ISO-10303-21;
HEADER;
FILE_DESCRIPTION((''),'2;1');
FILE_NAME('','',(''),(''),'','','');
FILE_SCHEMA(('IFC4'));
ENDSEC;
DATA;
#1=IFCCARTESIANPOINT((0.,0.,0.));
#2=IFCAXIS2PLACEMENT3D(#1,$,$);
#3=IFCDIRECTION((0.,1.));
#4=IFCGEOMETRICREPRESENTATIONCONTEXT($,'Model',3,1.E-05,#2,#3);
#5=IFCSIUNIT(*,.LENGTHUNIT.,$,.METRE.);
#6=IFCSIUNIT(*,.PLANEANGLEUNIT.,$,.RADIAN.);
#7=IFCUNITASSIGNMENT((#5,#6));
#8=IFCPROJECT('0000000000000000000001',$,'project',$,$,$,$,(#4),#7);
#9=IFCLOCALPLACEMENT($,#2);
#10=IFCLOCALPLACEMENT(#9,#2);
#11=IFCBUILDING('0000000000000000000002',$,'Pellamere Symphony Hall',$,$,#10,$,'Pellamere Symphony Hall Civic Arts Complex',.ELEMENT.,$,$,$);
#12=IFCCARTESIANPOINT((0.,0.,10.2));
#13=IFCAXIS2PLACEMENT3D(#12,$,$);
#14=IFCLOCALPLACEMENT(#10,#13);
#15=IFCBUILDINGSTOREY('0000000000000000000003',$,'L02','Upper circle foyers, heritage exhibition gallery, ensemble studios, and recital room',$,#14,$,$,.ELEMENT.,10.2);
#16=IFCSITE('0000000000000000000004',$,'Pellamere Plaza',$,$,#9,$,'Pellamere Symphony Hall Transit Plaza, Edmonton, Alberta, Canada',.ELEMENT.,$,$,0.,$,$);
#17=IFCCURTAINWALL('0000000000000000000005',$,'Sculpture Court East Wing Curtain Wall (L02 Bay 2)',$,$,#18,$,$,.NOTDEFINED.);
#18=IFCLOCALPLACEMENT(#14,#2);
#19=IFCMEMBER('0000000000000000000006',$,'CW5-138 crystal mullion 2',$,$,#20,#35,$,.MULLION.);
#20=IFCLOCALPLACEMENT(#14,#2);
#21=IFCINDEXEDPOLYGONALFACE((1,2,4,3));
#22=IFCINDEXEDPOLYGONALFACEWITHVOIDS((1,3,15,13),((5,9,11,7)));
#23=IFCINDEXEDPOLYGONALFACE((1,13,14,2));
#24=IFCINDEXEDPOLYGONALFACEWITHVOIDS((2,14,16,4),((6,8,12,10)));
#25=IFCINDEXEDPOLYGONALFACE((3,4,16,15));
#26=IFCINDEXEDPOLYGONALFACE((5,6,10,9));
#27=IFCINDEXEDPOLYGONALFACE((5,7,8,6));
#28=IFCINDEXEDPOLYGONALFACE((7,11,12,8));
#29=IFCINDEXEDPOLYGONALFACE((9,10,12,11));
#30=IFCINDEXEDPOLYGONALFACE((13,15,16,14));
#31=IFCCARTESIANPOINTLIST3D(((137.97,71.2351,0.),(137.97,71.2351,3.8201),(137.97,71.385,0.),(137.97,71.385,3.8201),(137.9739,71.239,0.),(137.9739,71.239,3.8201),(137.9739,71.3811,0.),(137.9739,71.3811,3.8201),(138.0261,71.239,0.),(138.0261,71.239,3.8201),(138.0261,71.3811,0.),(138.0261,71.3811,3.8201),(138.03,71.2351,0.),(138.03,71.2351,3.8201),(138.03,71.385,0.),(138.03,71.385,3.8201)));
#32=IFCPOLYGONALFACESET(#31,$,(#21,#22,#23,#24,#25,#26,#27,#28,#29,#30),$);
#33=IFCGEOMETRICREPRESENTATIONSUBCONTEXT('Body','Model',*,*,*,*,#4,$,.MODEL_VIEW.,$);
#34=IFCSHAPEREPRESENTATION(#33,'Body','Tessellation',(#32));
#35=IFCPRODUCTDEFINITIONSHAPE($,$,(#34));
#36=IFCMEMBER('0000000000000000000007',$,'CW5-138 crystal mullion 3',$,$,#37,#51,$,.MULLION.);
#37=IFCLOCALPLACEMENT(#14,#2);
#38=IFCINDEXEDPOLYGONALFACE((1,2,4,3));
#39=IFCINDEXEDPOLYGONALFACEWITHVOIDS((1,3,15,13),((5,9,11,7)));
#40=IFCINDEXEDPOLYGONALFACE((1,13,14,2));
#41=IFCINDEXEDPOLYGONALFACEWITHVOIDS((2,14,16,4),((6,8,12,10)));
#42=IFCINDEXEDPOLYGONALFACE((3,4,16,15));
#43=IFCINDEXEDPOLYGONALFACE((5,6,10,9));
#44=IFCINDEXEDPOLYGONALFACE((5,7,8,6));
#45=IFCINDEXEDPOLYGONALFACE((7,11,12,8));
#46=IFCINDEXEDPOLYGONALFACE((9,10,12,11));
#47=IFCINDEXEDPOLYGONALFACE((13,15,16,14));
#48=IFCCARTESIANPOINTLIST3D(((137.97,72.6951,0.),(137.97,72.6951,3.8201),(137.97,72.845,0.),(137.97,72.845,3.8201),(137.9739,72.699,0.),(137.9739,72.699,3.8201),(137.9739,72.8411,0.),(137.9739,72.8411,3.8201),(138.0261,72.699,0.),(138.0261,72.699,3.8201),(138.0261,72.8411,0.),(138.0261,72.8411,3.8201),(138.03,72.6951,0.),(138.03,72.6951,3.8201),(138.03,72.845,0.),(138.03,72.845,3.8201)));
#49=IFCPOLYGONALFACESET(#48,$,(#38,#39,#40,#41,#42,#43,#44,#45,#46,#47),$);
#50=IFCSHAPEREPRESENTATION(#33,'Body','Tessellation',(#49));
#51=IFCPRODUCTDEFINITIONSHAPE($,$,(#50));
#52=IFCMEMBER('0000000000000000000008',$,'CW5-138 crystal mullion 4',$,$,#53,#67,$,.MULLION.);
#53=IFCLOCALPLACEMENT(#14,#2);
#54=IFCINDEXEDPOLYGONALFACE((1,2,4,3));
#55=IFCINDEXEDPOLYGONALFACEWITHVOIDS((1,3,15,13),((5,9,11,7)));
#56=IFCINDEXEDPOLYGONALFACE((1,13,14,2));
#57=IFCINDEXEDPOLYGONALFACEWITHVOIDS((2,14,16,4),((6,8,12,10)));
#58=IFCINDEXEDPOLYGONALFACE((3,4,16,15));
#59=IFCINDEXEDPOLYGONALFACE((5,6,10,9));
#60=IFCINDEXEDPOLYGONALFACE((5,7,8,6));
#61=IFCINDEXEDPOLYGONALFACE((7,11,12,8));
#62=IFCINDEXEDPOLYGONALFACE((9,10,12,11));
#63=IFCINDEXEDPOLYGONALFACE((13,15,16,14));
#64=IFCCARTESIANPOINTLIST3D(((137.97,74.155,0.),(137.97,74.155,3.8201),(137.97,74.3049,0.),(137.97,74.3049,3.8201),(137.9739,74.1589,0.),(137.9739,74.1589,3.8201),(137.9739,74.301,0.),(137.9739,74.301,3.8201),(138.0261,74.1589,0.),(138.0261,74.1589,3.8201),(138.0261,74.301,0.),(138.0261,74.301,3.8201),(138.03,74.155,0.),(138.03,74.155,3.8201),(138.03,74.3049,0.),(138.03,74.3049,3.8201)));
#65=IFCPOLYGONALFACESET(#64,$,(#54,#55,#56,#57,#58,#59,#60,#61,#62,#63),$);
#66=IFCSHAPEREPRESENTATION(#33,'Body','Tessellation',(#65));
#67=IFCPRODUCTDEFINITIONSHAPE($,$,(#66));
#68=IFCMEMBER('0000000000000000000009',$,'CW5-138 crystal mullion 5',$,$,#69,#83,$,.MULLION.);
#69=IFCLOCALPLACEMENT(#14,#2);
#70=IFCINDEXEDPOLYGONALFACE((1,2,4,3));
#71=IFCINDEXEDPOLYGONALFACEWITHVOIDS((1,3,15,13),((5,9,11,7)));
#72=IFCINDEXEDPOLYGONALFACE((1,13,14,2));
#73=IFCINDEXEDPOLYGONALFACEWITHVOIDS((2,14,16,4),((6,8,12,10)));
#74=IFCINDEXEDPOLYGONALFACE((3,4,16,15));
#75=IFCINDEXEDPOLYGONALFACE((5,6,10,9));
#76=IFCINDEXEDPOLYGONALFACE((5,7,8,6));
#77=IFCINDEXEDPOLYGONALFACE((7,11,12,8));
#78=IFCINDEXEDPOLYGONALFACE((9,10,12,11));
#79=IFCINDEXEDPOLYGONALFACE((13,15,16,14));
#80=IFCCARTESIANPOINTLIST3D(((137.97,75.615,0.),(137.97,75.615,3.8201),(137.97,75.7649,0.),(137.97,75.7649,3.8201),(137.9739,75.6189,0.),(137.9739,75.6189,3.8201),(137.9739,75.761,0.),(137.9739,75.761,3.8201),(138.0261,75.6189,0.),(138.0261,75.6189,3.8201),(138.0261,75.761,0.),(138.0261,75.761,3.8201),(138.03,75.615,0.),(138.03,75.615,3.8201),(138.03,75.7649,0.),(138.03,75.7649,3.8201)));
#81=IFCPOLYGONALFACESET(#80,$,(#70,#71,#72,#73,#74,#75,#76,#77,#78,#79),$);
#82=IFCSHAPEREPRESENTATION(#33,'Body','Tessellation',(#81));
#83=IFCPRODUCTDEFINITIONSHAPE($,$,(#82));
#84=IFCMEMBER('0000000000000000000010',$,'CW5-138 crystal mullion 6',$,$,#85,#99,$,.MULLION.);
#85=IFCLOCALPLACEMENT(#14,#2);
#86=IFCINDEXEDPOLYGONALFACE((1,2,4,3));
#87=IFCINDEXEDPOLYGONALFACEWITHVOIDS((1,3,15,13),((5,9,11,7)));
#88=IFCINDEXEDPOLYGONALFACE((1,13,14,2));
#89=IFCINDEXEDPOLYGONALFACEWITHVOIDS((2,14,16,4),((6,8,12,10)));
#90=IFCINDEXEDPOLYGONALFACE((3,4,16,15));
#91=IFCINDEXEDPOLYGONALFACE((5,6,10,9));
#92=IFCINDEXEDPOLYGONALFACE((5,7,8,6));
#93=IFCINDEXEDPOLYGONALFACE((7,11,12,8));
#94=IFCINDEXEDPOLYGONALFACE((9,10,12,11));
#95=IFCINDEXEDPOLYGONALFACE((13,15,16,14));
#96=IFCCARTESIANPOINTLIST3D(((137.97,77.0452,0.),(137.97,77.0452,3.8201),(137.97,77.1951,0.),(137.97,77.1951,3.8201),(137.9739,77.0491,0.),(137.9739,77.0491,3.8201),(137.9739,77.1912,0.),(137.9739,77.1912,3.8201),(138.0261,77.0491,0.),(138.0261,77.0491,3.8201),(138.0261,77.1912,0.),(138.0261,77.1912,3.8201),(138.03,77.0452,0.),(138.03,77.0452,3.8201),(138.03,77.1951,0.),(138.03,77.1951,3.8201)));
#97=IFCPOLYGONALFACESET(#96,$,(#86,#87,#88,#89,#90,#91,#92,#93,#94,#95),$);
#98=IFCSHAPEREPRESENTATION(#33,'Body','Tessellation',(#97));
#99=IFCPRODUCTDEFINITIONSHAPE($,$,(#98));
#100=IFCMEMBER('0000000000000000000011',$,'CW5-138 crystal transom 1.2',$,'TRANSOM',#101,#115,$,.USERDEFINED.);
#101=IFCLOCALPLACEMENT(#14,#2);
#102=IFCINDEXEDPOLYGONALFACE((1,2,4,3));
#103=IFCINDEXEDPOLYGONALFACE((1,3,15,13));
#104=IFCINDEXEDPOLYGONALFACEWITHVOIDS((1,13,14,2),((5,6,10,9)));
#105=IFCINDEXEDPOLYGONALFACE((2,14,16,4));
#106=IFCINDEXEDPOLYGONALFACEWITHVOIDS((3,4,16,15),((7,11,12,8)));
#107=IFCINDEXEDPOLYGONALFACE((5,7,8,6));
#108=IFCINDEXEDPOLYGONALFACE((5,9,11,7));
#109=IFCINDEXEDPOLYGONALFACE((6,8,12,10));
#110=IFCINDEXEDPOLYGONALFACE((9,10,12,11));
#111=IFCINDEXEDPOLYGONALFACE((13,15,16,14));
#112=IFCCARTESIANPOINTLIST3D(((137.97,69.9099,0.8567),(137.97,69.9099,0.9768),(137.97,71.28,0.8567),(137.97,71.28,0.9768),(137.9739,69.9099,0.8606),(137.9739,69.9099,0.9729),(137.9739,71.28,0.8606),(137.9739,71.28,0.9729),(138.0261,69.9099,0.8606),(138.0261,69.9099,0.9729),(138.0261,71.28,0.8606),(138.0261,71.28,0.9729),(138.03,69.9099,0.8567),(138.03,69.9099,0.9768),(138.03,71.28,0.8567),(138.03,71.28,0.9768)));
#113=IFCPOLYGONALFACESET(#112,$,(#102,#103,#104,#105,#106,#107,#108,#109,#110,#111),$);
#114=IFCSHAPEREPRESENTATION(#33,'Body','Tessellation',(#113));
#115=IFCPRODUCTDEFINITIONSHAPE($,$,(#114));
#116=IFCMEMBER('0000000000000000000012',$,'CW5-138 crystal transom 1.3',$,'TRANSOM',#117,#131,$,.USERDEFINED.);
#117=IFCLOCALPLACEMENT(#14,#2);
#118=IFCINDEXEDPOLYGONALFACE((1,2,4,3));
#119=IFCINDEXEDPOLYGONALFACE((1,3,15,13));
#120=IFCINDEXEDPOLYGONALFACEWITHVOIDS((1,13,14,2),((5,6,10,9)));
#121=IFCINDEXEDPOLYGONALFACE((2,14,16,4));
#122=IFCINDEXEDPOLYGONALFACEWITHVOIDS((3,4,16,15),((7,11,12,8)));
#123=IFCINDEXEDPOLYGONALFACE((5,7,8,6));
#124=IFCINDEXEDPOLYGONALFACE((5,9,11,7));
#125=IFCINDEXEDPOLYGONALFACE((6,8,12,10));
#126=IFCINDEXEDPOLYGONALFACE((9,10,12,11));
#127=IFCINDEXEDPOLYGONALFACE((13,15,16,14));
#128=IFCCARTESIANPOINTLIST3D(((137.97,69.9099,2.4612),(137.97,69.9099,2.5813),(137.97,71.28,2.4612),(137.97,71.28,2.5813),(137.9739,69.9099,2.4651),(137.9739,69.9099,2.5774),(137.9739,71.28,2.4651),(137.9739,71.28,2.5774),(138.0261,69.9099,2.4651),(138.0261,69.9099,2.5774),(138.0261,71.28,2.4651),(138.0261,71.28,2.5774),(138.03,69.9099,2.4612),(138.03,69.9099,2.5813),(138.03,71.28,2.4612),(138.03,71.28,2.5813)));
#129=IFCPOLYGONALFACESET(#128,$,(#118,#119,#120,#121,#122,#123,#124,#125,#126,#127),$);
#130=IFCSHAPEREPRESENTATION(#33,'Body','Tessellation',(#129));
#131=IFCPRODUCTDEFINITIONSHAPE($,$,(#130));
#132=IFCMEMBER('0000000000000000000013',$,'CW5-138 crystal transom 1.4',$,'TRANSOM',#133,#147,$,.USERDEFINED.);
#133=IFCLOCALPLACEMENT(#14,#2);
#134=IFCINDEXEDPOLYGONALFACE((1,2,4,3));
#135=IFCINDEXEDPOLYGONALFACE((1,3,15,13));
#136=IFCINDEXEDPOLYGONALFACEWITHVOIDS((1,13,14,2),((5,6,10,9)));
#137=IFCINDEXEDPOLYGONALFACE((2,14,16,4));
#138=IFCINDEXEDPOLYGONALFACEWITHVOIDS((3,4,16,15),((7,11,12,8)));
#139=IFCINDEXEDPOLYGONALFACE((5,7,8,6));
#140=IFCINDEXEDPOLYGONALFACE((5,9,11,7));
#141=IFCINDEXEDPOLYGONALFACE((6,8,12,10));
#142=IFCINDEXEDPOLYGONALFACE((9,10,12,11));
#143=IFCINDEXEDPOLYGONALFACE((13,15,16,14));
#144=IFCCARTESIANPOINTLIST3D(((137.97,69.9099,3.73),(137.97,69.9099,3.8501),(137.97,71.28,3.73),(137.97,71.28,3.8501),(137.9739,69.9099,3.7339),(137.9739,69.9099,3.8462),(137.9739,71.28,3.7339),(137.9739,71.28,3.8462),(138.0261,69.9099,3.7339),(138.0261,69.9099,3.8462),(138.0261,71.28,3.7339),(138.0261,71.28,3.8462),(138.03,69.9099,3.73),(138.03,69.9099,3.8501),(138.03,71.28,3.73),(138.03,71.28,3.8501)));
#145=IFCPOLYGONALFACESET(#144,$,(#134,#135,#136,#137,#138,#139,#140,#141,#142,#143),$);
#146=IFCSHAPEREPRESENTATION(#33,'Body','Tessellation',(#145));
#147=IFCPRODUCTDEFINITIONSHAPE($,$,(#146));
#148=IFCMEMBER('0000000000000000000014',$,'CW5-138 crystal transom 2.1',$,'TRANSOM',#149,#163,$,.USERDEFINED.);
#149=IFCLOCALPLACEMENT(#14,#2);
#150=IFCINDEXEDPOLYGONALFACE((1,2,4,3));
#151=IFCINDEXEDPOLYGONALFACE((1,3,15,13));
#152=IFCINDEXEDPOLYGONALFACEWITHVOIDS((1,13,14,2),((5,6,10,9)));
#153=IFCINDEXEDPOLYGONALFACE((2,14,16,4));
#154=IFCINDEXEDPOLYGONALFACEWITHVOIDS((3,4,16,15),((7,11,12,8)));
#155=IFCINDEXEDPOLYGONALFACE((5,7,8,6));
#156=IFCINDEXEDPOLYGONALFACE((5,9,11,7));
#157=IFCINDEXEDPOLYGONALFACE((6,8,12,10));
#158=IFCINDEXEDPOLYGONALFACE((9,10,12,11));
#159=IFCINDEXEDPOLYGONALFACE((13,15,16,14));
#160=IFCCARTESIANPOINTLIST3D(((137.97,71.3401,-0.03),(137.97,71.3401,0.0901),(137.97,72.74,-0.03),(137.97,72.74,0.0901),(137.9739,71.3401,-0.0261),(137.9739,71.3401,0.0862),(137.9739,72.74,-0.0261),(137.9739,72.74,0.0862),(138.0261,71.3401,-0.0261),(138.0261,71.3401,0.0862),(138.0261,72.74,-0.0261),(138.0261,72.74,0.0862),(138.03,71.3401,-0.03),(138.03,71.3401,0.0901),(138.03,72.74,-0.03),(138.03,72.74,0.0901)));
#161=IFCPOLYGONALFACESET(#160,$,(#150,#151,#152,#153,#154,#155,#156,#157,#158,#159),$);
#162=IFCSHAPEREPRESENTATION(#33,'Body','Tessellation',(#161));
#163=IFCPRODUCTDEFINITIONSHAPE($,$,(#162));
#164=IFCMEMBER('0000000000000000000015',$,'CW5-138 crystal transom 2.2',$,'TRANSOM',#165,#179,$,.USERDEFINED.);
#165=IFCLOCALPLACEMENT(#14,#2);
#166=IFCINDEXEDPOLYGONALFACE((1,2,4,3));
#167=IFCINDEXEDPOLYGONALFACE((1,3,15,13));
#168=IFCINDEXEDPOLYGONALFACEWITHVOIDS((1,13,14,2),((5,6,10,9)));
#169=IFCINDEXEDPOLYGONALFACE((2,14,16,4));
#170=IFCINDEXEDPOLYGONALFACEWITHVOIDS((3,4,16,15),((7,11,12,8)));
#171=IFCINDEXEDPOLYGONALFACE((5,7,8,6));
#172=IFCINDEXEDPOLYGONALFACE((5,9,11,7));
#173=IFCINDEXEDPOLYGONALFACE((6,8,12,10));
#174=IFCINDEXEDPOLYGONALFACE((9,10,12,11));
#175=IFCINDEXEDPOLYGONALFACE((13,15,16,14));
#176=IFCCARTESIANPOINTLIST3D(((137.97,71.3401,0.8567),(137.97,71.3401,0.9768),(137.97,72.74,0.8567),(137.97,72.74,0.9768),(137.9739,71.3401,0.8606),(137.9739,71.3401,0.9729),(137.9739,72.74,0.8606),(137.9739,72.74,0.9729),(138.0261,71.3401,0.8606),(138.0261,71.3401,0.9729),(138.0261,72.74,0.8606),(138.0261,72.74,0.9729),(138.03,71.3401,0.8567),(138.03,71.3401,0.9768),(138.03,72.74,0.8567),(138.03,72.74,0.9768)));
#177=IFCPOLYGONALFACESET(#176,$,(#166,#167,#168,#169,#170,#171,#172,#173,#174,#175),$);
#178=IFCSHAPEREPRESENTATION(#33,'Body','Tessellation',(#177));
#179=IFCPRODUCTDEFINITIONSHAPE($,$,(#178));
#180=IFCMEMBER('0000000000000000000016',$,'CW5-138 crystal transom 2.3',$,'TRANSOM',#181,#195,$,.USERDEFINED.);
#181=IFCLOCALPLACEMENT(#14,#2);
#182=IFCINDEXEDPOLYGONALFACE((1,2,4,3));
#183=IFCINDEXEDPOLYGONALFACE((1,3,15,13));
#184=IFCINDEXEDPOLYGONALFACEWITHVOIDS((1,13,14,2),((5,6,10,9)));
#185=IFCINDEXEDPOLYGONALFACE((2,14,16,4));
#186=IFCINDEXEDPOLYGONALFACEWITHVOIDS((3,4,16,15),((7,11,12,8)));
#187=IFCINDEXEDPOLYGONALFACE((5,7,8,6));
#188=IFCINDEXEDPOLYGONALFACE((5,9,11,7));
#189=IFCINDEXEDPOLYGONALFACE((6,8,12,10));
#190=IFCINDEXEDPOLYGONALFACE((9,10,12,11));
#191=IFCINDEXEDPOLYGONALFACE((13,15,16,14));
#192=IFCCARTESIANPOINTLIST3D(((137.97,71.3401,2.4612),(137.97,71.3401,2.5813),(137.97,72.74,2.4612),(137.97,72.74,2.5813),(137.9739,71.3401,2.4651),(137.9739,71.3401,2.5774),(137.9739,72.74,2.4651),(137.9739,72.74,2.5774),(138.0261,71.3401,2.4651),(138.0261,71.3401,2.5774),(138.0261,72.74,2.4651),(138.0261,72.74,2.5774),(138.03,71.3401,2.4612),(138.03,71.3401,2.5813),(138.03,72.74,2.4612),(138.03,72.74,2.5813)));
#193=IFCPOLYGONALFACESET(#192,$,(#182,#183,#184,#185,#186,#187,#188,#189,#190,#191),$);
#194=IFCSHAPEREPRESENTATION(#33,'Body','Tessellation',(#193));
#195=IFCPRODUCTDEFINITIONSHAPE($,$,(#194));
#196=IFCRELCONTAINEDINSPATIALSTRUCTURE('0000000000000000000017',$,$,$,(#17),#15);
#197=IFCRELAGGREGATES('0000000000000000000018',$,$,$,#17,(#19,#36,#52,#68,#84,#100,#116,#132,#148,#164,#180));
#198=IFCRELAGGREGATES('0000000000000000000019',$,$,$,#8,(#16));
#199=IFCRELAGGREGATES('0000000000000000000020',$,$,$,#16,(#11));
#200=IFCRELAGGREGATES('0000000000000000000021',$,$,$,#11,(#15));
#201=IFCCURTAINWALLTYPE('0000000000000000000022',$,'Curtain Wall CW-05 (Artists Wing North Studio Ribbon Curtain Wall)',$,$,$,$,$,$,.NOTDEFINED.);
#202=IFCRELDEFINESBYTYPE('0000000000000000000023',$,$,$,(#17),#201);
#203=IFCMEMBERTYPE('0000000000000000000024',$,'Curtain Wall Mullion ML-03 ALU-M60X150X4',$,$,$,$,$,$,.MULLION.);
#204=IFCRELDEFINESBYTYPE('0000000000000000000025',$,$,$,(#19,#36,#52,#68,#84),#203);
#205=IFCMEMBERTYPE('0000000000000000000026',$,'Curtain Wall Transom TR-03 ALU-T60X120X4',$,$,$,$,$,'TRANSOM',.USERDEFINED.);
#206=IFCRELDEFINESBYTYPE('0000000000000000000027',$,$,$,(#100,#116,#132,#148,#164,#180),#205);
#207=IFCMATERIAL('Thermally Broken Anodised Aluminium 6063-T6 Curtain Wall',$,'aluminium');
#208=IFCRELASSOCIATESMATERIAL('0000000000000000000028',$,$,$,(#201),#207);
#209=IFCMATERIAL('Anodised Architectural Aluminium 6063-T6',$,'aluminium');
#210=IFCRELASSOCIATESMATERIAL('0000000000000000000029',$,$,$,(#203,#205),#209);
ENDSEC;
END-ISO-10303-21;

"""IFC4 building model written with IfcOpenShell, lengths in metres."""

from ifc_helpers import new_model, si_unit, direction, frame, origin, origin_2d, place, context, subcontext, project, spatial, hollow_rectangle, extrude, material, material_profile, profile_set, type_object, element, aggregate, save


model = new_model("IFC4")

# Units and contexts
model_context = context("Model", 3, precision=1e-05, world=origin(), true_north=direction((0.0, 1.0)))
body_context = subcontext(model_context, "Body", "Model", "MODEL_VIEW")
ifc_project = project(units=[si_unit("LENGTHUNIT", "METRE"), si_unit("PLANEANGLEUNIT", "RADIAN")], contexts=[model_context])

# Site, building, storey
site_placement = place(None, origin())
site = spatial("IfcSite", under=ifc_project, at=site_placement, Name="Pellamere Plaza", LongName="Pellamere Symphony Hall Transit Plaza, Edmonton, Alberta, Canada", CompositionType="ELEMENT", RefElevation=0.0)
building_placement = place(site_placement, origin())
building = spatial("IfcBuilding", under=site, at=building_placement, Name="Pellamere Symphony Hall", LongName="Pellamere Symphony Hall Civic Arts Complex", CompositionType="ELEMENT")
storey_placement = place(building_placement, frame((0.0, 0.0, 10.2)))
storey = spatial("IfcBuildingStorey", under=building, at=storey_placement, Name="L02", Description="Upper circle foyers, heritage exhibition gallery, ensemble studios, and recital room", CompositionType="ELEMENT", Elevation=10.2)

# Curtain wall, members
ifc_material_1 = material(Name="Thermally Broken Anodised Aluminium 6063-T6 Curtain Wall", Category="aluminium")
curtain_wall_type = type_object("IfcCurtainWallType", Name="Curtain Wall CW-05 (Artists Wing North Studio Ribbon Curtain Wall)", PredefinedType="NOTDEFINED", material=ifc_material_1)
curtain_wall_placement = place(storey_placement, origin())
curtain_wall = element("IfcCurtainWall", 1, at=curtain_wall_placement, inside=storey, type_object=curtain_wall_type, Name="Sculpture Court East Wing Curtain Wall (L02 Bay 2)", PredefinedType="NOTDEFINED")
ifc_material_2 = material(Name="Anodised Architectural Aluminium 6063-T6", Category="aluminium")
ifc_material_profile_1 = material_profile(ifc_material_2, hollow_rectangle(XDim=0.0601, YDim=0.1499, WallThickness=0.0039, at=origin_2d()), Name="ALU-M60X150X4")
ifc_profile_set_1 = profile_set([ifc_material_profile_1], Name="Anodised Architectural Aluminium 6063-T6")
member_type_1 = type_object("IfcMemberType", Name="Curtain Wall Mullion ML-03 ALU-M60X150X4", PredefinedType="MULLION", material=ifc_profile_set_1)
member_1_placement = place(storey_placement, frame((138.0, 71.3101, 0.0), z_axis=(0.0, 0.0, 1.0), x_axis=(-1.0, 0.0, 0.0)))
member_1 = element("IfcMember", 2, at=member_1_placement, type_object=member_type_1, Name="CW5-138 crystal mullion 2", PredefinedType="MULLION", context=body_context, shape_type="SweptSolid", body=[
    extrude(hollow_rectangle(XDim=0.0601, YDim=0.1499, WallThickness=0.0039, at=origin_2d()), origin(), (0.0, 0.0, 1.0), 3.8201),
])
member_2_placement = place(storey_placement, frame((138.0, 72.77, 0.0), z_axis=(0.0, 0.0, 1.0), x_axis=(-1.0, 0.0, 0.0)))
member_2 = element("IfcMember", 3, at=member_2_placement, type_object=member_type_1, Name="CW5-138 crystal mullion 3", PredefinedType="MULLION", context=body_context, shape_type="SweptSolid", body=[
    extrude(hollow_rectangle(XDim=0.0601, YDim=0.1499, WallThickness=0.0039, at=origin_2d()), origin(), (0.0, 0.0, 1.0), 3.8201),
])
member_3_placement = place(storey_placement, frame((138.0, 74.23, 0.0), z_axis=(0.0, 0.0, 1.0), x_axis=(-1.0, 0.0, 0.0)))
member_3 = element("IfcMember", 4, at=member_3_placement, type_object=member_type_1, Name="CW5-138 crystal mullion 4", PredefinedType="MULLION", context=body_context, shape_type="SweptSolid", body=[
    extrude(hollow_rectangle(XDim=0.0601, YDim=0.1499, WallThickness=0.0039, at=origin_2d()), origin(), (0.0, 0.0, 1.0), 3.8201),
])
member_4_placement = place(storey_placement, frame((138.0, 75.6899, 0.0), z_axis=(0.0, 0.0, 1.0), x_axis=(-1.0, 0.0, 0.0)))
member_4 = element("IfcMember", 5, at=member_4_placement, type_object=member_type_1, Name="CW5-138 crystal mullion 5", PredefinedType="MULLION", context=body_context, shape_type="SweptSolid", body=[
    extrude(hollow_rectangle(XDim=0.0601, YDim=0.1499, WallThickness=0.0039, at=origin_2d()), origin(), (0.0, 0.0, 1.0), 3.8201),
])
member_5_placement = place(storey_placement, frame((138.0, 77.1201, 0.0), z_axis=(0.0, 0.0, 1.0), x_axis=(-1.0, 0.0, 0.0)))
member_5 = element("IfcMember", 6, at=member_5_placement, type_object=member_type_1, Name="CW5-138 crystal mullion 6", PredefinedType="MULLION", context=body_context, shape_type="SweptSolid", body=[
    extrude(hollow_rectangle(XDim=0.0601, YDim=0.1499, WallThickness=0.0039, at=origin_2d()), origin(), (0.0, 0.0, 1.0), 3.8201),
])
ifc_material_profile_2 = material_profile(ifc_material_2, hollow_rectangle(XDim=0.0601, YDim=0.1201, WallThickness=0.0039, at=origin_2d()), Name="ALU-T60X120X4")
ifc_profile_set_2 = profile_set([ifc_material_profile_2], Name="Anodised Architectural Aluminium 6063-T6")
member_type_2 = type_object("IfcMemberType", Name="Curtain Wall Transom TR-03 ALU-T60X120X4", ElementType="TRANSOM", PredefinedType="USERDEFINED", material=ifc_profile_set_2)
member_6_placement = place(storey_placement, frame((138.0, 69.9099, 0.9167), z_axis=(0.0, 1.0, 0.0), x_axis=(-1.0, 0.0, 0.0)))
member_6 = element("IfcMember", 7, at=member_6_placement, type_object=member_type_2, Name="CW5-138 crystal transom 1.2", ObjectType="TRANSOM", PredefinedType="USERDEFINED", context=body_context, shape_type="SweptSolid", body=[
    extrude(hollow_rectangle(XDim=0.0601, YDim=0.1201, WallThickness=0.0039, at=origin_2d()), origin(), (0.0, 0.0, 1.0), 1.3701),
])
member_7_placement = place(storey_placement, frame((138.0, 69.9099, 2.5212), z_axis=(0.0, 1.0, 0.0), x_axis=(-1.0, 0.0, 0.0)))
member_7 = element("IfcMember", 8, at=member_7_placement, type_object=member_type_2, Name="CW5-138 crystal transom 1.3", ObjectType="TRANSOM", PredefinedType="USERDEFINED", context=body_context, shape_type="SweptSolid", body=[
    extrude(hollow_rectangle(XDim=0.0601, YDim=0.1201, WallThickness=0.0039, at=origin_2d()), origin(), (0.0, 0.0, 1.0), 1.3701),
])
member_8_placement = place(storey_placement, frame((138.0, 69.9099, 3.79), z_axis=(0.0, 1.0, 0.0), x_axis=(-1.0, 0.0, 0.0)))
member_8 = element("IfcMember", 9, at=member_8_placement, type_object=member_type_2, Name="CW5-138 crystal transom 1.4", ObjectType="TRANSOM", PredefinedType="USERDEFINED", context=body_context, shape_type="SweptSolid", body=[
    extrude(hollow_rectangle(XDim=0.0601, YDim=0.1201, WallThickness=0.0039, at=origin_2d()), origin(), (0.0, 0.0, 1.0), 1.3701),
])
member_9_placement = place(storey_placement, frame((138.0, 71.3401, 0.03), z_axis=(0.0, 1.0, 0.0), x_axis=(-1.0, 0.0, 0.0)))
member_9 = element("IfcMember", 10, at=member_9_placement, type_object=member_type_2, Name="CW5-138 crystal transom 2.1", ObjectType="TRANSOM", PredefinedType="USERDEFINED", context=body_context, shape_type="SweptSolid", body=[
    extrude(hollow_rectangle(XDim=0.0601, YDim=0.1201, WallThickness=0.0039, at=origin_2d()), origin(), (0.0, 0.0, 1.0), 1.3999),
])
member_10_placement = place(storey_placement, frame((138.0, 71.3401, 0.9167), z_axis=(0.0, 1.0, 0.0), x_axis=(-1.0, 0.0, 0.0)))
member_10 = element("IfcMember", 11, at=member_10_placement, type_object=member_type_2, Name="CW5-138 crystal transom 2.2", ObjectType="TRANSOM", PredefinedType="USERDEFINED", context=body_context, shape_type="SweptSolid", body=[
    extrude(hollow_rectangle(XDim=0.0601, YDim=0.1201, WallThickness=0.0039, at=origin_2d()), origin(), (0.0, 0.0, 1.0), 1.3999),
])
member_11_placement = place(storey_placement, frame((138.0, 71.3401, 2.5212), z_axis=(0.0, 1.0, 0.0), x_axis=(-1.0, 0.0, 0.0)))
member_11 = element("IfcMember", 12, at=member_11_placement, type_object=member_type_2, Name="CW5-138 crystal transom 2.3", ObjectType="TRANSOM", PredefinedType="USERDEFINED", context=body_context, shape_type="SweptSolid", body=[
    extrude(hollow_rectangle(XDim=0.0601, YDim=0.1201, WallThickness=0.0039, at=origin_2d()), origin(), (0.0, 0.0, 1.0), 1.3999),
])
aggregate(curtain_wall, [member_1, member_2, member_3, member_4, member_5, member_6, member_7, member_8, member_9, member_10, member_11])

save(model, "model.ifc")
